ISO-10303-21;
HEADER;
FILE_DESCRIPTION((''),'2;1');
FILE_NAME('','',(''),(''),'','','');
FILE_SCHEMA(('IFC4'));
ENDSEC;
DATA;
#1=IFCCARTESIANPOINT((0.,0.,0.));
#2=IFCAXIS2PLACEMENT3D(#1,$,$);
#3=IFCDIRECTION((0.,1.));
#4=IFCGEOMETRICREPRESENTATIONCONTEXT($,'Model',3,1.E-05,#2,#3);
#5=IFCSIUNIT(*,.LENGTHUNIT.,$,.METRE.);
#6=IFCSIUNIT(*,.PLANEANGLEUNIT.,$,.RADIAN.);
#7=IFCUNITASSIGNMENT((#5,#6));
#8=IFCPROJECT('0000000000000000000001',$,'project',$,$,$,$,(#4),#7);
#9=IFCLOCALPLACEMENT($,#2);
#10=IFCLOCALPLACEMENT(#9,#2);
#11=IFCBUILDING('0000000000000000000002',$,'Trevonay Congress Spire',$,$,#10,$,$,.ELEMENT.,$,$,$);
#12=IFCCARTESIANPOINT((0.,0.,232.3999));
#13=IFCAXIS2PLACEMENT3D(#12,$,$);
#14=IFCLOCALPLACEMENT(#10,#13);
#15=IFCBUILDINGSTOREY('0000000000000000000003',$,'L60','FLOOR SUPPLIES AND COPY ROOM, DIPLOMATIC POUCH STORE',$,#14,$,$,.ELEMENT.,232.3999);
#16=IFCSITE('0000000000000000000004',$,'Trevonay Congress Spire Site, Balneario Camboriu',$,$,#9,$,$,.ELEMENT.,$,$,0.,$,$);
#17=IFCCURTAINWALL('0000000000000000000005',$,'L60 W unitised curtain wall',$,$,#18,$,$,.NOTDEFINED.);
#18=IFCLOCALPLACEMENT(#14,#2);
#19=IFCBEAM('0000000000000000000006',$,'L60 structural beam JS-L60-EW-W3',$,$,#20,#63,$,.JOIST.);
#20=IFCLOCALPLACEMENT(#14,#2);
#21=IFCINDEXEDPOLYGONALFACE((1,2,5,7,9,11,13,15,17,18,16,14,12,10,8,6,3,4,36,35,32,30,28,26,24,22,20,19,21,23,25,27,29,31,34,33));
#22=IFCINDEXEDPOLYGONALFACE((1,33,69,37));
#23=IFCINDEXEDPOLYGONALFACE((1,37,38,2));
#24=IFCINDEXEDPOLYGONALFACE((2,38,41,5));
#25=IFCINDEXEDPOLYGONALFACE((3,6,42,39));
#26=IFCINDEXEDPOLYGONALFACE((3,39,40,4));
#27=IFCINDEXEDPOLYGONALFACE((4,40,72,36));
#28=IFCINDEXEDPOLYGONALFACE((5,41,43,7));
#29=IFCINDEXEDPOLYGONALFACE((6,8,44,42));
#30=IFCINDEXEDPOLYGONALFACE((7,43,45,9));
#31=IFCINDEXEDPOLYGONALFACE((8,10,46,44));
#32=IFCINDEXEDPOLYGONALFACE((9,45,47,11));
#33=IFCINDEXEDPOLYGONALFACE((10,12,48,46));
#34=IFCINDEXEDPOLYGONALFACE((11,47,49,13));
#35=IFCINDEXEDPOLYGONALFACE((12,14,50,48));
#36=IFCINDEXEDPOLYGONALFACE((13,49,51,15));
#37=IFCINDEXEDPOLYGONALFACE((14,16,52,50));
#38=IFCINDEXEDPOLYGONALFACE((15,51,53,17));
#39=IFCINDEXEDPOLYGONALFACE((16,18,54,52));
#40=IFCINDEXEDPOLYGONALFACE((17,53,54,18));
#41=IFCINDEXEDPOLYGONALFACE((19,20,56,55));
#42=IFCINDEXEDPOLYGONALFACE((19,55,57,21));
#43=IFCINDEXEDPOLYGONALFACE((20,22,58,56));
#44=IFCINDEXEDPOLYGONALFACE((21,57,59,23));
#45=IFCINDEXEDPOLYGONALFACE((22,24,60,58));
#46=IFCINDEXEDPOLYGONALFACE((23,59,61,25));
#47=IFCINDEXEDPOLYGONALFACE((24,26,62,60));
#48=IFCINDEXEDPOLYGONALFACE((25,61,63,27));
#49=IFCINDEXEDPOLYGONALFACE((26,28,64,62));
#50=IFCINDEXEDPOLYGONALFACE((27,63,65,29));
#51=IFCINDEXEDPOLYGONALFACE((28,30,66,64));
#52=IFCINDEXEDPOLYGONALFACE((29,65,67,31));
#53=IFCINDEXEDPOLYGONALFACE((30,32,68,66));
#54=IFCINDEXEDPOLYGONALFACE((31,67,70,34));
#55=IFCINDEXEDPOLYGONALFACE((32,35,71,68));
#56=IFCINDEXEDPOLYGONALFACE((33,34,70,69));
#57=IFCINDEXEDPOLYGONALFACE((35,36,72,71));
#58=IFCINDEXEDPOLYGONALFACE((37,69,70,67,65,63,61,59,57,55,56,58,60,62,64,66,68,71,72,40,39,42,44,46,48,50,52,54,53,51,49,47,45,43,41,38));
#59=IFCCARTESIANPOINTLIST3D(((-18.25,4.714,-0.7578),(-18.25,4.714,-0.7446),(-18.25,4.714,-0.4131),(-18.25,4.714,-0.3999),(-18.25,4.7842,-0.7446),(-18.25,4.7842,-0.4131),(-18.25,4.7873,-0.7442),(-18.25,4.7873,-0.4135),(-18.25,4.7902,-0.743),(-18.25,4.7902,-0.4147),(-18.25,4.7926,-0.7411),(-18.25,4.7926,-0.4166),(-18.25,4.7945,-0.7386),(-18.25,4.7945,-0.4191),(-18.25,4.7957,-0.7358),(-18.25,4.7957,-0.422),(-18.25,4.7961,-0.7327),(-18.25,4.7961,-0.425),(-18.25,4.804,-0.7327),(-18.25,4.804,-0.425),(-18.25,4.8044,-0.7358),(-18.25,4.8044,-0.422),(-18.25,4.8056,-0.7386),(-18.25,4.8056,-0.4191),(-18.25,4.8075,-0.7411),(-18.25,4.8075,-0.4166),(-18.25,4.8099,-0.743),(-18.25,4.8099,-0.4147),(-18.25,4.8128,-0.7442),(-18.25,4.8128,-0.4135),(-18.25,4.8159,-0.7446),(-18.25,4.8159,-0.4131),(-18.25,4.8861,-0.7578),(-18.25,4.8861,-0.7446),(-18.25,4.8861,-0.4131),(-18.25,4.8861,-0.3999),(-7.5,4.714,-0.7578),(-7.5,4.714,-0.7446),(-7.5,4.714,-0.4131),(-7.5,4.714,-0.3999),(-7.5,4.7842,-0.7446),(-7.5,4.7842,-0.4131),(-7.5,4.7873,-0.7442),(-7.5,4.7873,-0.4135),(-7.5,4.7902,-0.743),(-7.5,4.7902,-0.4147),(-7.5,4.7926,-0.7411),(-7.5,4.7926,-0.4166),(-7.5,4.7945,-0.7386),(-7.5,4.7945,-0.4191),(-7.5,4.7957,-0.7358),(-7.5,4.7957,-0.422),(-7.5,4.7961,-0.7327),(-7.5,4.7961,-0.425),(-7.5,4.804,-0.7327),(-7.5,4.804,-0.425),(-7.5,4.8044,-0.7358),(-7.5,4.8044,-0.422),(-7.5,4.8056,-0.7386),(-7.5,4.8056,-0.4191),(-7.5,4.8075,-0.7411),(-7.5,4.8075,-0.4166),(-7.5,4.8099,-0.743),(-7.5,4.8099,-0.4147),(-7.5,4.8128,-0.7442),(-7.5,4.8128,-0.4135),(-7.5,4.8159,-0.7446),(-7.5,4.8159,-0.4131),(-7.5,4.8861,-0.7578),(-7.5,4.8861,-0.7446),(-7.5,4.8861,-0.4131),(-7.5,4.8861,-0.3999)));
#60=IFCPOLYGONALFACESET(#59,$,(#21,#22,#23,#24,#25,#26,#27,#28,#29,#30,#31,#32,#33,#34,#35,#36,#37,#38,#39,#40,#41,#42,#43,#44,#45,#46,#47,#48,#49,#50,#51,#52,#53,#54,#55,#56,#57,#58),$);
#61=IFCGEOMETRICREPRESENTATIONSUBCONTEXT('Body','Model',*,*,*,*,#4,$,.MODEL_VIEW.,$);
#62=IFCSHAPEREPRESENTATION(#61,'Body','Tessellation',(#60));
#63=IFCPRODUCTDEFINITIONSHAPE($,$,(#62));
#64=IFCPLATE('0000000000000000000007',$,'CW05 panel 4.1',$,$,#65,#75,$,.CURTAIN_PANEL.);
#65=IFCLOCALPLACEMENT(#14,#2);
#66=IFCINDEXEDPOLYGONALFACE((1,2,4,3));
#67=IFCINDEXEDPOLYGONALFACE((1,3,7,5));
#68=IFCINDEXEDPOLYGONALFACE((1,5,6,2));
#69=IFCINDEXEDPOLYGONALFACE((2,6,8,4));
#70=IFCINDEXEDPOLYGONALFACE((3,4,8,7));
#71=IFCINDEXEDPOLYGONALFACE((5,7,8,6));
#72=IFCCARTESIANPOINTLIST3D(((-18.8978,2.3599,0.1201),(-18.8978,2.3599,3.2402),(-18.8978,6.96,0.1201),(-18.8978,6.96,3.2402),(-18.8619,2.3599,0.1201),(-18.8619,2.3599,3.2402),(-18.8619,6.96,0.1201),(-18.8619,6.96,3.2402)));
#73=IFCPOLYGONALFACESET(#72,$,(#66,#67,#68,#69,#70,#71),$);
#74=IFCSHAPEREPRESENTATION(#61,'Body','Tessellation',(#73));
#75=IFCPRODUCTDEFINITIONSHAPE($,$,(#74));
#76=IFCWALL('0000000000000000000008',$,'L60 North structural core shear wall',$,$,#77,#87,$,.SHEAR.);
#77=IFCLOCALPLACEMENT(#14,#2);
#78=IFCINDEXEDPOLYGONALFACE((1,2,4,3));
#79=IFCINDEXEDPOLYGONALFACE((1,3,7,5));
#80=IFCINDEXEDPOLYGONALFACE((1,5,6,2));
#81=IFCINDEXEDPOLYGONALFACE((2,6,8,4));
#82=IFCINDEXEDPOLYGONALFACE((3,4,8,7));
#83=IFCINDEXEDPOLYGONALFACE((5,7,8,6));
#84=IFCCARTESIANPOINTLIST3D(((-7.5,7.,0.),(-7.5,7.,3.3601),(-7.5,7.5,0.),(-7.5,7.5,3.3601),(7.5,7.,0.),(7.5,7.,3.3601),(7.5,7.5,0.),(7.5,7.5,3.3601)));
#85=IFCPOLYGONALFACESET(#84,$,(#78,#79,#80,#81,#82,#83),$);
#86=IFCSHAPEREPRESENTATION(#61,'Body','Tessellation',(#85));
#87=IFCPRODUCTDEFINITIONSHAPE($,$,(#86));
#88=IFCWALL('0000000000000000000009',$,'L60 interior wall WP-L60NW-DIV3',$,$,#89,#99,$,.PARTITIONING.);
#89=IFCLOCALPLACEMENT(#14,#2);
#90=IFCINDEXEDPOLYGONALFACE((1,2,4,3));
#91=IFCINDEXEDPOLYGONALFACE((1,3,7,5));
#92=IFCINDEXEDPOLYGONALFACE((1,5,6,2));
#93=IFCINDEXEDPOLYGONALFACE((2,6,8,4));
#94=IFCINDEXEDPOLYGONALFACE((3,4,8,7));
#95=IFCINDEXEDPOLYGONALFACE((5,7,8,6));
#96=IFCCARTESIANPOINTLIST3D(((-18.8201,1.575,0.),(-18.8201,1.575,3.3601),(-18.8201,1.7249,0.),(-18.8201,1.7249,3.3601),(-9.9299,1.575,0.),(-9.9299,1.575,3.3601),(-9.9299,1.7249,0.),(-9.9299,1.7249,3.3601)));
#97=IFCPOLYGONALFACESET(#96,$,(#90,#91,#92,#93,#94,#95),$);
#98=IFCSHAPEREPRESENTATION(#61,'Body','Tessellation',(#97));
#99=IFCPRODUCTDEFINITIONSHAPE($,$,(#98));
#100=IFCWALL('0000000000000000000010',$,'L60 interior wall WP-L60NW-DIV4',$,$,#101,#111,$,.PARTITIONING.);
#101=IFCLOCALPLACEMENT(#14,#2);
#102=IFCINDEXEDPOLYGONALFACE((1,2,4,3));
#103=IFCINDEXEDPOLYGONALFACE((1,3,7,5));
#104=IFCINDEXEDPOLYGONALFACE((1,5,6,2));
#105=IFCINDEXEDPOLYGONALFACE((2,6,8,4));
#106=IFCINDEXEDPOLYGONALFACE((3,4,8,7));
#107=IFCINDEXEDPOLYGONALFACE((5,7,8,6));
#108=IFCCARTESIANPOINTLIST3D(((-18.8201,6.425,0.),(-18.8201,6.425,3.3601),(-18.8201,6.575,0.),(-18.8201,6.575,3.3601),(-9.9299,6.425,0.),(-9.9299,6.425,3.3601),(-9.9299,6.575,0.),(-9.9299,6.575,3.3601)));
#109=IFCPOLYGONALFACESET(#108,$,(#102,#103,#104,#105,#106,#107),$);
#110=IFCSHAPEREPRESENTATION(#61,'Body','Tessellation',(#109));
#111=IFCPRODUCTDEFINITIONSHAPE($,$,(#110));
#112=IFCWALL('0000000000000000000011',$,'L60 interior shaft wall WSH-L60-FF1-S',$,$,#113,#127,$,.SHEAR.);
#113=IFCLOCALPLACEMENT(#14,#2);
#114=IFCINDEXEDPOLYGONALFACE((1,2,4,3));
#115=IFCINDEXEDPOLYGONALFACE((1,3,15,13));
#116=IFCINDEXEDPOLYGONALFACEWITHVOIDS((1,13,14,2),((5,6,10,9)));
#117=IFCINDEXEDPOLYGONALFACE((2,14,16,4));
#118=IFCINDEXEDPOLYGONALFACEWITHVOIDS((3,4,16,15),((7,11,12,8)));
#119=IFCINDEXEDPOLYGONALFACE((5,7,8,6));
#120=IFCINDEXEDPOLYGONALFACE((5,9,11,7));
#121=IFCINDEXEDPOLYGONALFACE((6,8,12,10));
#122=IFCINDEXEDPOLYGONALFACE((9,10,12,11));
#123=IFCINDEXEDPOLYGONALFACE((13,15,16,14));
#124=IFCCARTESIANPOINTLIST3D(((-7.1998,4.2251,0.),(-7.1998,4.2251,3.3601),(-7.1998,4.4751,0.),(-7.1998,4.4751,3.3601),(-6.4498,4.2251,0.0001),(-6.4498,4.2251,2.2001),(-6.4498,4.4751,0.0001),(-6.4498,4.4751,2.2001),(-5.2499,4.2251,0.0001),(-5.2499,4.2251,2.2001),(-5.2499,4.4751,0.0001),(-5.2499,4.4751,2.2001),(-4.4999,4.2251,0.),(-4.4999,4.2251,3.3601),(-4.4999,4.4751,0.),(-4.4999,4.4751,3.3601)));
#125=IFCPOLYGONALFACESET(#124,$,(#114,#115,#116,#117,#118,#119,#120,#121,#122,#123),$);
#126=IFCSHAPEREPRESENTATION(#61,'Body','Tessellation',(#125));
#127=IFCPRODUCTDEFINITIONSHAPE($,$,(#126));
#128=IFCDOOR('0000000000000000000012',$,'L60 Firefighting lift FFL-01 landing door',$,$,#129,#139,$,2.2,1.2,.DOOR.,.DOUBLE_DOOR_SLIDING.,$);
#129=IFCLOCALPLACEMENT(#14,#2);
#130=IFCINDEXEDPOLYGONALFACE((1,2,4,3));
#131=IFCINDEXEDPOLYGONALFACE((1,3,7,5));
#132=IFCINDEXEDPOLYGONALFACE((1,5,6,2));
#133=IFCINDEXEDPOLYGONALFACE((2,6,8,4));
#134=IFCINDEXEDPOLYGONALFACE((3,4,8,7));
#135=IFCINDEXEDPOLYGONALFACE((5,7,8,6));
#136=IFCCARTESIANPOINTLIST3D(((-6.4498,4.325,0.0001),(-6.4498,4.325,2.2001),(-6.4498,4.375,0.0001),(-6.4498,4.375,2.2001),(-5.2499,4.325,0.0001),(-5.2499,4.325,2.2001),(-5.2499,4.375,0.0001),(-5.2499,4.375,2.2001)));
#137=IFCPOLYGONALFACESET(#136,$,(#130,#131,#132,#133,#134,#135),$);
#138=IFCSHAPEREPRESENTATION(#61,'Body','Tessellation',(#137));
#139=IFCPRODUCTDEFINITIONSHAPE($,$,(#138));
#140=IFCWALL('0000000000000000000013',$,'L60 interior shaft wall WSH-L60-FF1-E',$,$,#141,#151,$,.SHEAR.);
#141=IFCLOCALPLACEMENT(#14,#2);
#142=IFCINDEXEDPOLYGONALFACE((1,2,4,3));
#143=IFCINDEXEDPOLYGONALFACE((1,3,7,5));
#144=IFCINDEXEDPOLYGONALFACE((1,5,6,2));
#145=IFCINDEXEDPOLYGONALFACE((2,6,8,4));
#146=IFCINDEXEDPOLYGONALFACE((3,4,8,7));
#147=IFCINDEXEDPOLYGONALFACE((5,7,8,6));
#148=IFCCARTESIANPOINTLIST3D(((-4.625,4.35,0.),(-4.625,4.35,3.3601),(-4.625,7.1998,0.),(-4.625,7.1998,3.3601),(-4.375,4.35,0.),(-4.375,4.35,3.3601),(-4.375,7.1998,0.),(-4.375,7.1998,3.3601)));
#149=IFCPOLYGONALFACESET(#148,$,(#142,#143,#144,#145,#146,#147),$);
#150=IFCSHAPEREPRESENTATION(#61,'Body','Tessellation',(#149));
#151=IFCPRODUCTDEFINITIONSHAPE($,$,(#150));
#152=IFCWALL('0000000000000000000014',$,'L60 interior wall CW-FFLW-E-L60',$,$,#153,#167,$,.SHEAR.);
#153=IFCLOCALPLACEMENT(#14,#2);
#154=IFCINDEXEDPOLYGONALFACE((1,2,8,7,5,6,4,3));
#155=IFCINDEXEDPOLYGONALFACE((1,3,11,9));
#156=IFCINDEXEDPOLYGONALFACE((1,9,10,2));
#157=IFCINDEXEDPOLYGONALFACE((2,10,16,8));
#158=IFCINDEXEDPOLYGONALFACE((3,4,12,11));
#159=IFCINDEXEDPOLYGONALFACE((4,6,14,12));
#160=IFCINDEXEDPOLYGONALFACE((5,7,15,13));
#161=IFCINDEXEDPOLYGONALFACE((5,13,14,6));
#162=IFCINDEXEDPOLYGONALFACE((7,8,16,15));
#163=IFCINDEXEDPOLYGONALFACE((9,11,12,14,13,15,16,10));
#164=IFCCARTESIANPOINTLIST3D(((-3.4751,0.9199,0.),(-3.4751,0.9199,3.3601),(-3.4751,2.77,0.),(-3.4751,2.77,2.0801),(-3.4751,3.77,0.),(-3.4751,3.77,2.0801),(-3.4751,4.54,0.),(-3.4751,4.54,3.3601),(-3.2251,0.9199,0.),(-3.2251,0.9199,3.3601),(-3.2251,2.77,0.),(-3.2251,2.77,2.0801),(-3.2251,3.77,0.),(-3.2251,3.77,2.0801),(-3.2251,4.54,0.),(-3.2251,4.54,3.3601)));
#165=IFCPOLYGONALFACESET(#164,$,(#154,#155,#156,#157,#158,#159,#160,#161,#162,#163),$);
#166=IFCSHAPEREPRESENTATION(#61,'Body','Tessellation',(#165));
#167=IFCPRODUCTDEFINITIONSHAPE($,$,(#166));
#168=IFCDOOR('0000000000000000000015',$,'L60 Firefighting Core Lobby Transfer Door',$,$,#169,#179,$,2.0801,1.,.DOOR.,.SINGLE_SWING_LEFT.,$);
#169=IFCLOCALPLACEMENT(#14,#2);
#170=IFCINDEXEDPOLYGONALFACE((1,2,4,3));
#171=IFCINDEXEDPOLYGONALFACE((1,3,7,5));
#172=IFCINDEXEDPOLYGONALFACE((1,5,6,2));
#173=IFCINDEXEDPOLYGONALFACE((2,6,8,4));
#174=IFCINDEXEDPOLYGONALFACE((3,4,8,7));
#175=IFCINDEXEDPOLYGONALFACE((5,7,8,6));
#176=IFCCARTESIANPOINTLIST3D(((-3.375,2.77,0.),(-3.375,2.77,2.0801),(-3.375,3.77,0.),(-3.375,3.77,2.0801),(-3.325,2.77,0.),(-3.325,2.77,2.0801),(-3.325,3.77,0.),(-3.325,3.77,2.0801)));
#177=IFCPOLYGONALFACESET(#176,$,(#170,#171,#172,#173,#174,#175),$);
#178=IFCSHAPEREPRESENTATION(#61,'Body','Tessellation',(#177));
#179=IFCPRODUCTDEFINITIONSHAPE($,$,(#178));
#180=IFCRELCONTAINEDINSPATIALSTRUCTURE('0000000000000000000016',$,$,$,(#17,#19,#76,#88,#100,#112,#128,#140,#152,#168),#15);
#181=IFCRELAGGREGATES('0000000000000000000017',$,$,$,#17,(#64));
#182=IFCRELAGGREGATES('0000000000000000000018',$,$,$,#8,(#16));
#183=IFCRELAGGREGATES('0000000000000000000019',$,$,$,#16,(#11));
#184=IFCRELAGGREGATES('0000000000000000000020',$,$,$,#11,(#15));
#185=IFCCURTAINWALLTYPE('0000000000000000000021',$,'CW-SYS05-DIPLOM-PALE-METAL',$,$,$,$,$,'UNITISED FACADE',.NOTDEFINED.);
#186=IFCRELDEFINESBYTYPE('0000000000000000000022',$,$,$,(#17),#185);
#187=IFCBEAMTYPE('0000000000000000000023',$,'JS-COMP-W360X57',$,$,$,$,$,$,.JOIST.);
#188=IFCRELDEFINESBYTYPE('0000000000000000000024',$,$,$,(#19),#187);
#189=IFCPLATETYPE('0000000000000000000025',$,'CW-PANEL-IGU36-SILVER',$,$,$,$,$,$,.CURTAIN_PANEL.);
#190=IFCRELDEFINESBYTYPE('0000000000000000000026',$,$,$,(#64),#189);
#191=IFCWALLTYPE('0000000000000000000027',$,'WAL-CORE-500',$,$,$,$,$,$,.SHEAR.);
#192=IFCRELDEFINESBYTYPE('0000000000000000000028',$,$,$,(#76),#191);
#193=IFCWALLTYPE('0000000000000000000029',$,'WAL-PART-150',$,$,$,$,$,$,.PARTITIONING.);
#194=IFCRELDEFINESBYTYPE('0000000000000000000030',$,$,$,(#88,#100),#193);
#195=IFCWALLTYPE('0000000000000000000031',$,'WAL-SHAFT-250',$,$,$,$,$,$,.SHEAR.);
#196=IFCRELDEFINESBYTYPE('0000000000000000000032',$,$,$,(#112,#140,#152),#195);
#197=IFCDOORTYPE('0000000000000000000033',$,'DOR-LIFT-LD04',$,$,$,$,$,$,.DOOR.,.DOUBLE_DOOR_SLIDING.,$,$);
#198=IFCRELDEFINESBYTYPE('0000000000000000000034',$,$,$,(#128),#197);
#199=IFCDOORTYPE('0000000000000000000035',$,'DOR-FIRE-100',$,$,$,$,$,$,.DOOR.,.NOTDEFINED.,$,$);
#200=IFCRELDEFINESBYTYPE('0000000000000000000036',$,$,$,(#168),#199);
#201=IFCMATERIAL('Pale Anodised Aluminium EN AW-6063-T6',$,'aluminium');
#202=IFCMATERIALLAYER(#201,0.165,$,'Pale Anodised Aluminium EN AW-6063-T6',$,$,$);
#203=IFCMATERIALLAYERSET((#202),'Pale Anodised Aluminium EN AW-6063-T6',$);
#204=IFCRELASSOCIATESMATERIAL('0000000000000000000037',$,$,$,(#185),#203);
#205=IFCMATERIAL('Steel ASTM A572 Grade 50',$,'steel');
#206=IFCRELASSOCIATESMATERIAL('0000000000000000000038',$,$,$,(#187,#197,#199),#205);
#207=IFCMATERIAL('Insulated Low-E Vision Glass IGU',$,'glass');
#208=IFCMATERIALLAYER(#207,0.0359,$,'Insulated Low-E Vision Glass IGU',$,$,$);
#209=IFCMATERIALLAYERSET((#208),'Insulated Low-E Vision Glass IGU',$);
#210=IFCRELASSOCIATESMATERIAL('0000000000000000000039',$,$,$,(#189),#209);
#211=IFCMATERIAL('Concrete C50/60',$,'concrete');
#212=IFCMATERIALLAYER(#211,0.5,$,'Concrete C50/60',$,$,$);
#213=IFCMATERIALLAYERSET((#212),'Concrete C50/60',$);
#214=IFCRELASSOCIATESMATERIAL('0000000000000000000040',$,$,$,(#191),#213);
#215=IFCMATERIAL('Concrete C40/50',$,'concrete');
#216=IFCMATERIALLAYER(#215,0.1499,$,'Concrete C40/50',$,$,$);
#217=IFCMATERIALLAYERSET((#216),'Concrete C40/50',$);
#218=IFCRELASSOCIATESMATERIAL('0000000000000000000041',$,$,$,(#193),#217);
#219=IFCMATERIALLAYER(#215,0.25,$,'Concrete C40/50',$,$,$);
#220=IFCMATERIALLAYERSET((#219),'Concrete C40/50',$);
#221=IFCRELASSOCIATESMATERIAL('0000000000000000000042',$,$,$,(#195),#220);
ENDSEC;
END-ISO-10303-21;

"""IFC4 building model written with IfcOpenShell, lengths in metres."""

from ifc_helpers import new_model, si_unit, direction, frame, frame_2d, origin, origin_2d, place, context, subcontext, project, spatial, rectangle, i_section, extrude, material, layer, layer_set, material_profile, profile_set, type_object, element, fill, aggregate, save


model = new_model("IFC4")

# Units and contexts
model_context = context("Model", 3, precision=1e-05, world=origin(), true_north=direction((0.0, 1.0)))
body_context = subcontext(model_context, "Body", "Model", "MODEL_VIEW")
ifc_project = project(units=[si_unit("LENGTHUNIT", "METRE"), si_unit("PLANEANGLEUNIT", "RADIAN")], contexts=[model_context])

# Site, building, storey
site_placement = place(None, origin())
site = spatial("IfcSite", under=ifc_project, at=site_placement, Name="Trevonay Congress Spire Site, Balneario Camboriu", CompositionType="ELEMENT", RefElevation=0.0)
building_placement = place(site_placement, origin())
building = spatial("IfcBuilding", under=site, at=building_placement, Name="Trevonay Congress Spire", CompositionType="ELEMENT")
storey_placement = place(building_placement, frame((0.0, 0.0, 232.3999)))
storey = spatial("IfcBuildingStorey", under=building, at=storey_placement, Name="L60", Description="FLOOR SUPPLIES AND COPY ROOM, DIPLOMATIC POUCH STORE", CompositionType="ELEMENT", Elevation=232.3999)

# Shared definitions
ifc_material_1 = material(Name="Steel ASTM A572 Grade 50", Category="steel")

# Curtain wall
ifc_material_2 = material(Name="Pale Anodised Aluminium EN AW-6063-T6", Category="aluminium")
ifc_layer_1 = layer(ifc_material_2, 0.165, Name="Pale Anodised Aluminium EN AW-6063-T6")
ifc_layer_set_1 = layer_set([ifc_layer_1], Name="Pale Anodised Aluminium EN AW-6063-T6")
curtain_wall_type = type_object("IfcCurtainWallType", Name="CW-SYS05-DIPLOM-PALE-METAL", ElementType="UNITISED FACADE", PredefinedType="NOTDEFINED", material=ifc_layer_set_1)
curtain_wall_placement = place(storey_placement, origin())
curtain_wall = element("IfcCurtainWall", 1, at=curtain_wall_placement, inside=storey, type_object=curtain_wall_type, Name="L60 W unitised curtain wall", PredefinedType="NOTDEFINED")

# Beam
ifc_material_profile_1 = material_profile(ifc_material_1, i_section(OverallWidth=0.1721, OverallDepth=0.3579, WebThickness=0.0078, FlangeThickness=0.0132, FilletRadius=0.012, at=origin_2d()), Name="W360x57.8")
ifc_profile_set_1 = profile_set([ifc_material_profile_1], Name="Steel ASTM A572 Grade 50")
beam_type_1 = type_object("IfcBeamType", Name="JS-COMP-W360X57", PredefinedType="JOIST", material=ifc_profile_set_1)
beam_placement = place(storey_placement, frame((-18.25, 4.8, -0.5789), z_axis=(1.0, 0.0, 0.0), x_axis=(0.0, 1.0, 0.0)))
element("IfcBeam", 2, at=beam_placement, inside=storey, type_object=beam_type_1, Name="L60 structural beam JS-L60-EW-W3", PredefinedType="JOIST", context=body_context, shape_type="SweptSolid", body=[
    extrude(i_section(OverallWidth=0.1721, OverallDepth=0.3579, WebThickness=0.0078, FlangeThickness=0.0132, FilletRadius=0.012, at=origin_2d()), origin(), (0.0, 0.0, 1.0), 10.75),
])

# Plate
ifc_material_3 = material(Name="Insulated Low-E Vision Glass IGU", Category="glass")
ifc_layer_2 = layer(ifc_material_3, 0.0359, Name="Insulated Low-E Vision Glass IGU")
ifc_layer_set_2 = layer_set([ifc_layer_2], Name="Insulated Low-E Vision Glass IGU")
plate_type = type_object("IfcPlateType", Name="CW-PANEL-IGU36-SILVER", PredefinedType="CURTAIN_PANEL", material=ifc_layer_set_2)
plate_placement = place(storey_placement, frame((-18.8799, 4.6599, 0.1201), z_axis=(0.0, 0.0, 1.0), x_axis=(0.0, 1.0, 0.0)))
plate = element("IfcPlate", 3, at=plate_placement, type_object=plate_type, Name="CW05 panel 4.1", PredefinedType="CURTAIN_PANEL", context=body_context, shape_type="SweptSolid", body=[
    extrude(rectangle(XDim=4.6001, YDim=0.0359, at=origin_2d()), origin(), (0.0, 0.0, 1.0), 3.1201),
])
aggregate(curtain_wall, [plate])

# Walls
ifc_material_4 = material(Name="Concrete C50/60", Category="concrete")
ifc_layer_3 = layer(ifc_material_4, 0.5, Name="Concrete C50/60")
ifc_layer_set_3 = layer_set([ifc_layer_3], Name="Concrete C50/60")
wall_type_1 = type_object("IfcWallType", Name="WAL-CORE-500", PredefinedType="SHEAR", material=ifc_layer_set_3)
wall_1_placement = place(storey_placement, frame((-7.5, 7.25, 0.0), z_axis=(0.0, 0.0, 1.0), x_axis=(1.0, 0.0, 0.0)))
element("IfcWall", 4, at=wall_1_placement, inside=storey, type_object=wall_type_1, Name="L60 North structural core shear wall", PredefinedType="SHEAR", context=body_context, shape_type="SweptSolid", body=[
    extrude(rectangle(XDim=15.0, YDim=0.5, at=frame_2d((7.5, 0.0))), origin(), (0.0, 0.0, 1.0), 3.3601),
])
ifc_material_5 = material(Name="Concrete C40/50", Category="concrete")
ifc_layer_4 = layer(ifc_material_5, 0.1499, Name="Concrete C40/50")
ifc_layer_set_4 = layer_set([ifc_layer_4], Name="Concrete C40/50")
wall_type_2 = type_object("IfcWallType", Name="WAL-PART-150", PredefinedType="PARTITIONING", material=ifc_layer_set_4)
for number, where, z_axis, x_axis, name in (
    (5, (-18.8201, 1.6499, 0.0), (0.0, 0.0, 1.0), (1.0, 0.0, 0.0), "L60 interior wall WP-L60NW-DIV3"),
    (6, (-18.8201, 6.5, 0.0), (0.0, 0.0, 1.0), (1.0, 0.0, 0.0), "L60 interior wall WP-L60NW-DIV4"),
):
    element("IfcWall", number, at=place(storey_placement, frame(where, z_axis=z_axis, x_axis=x_axis)), inside=storey, type_object=wall_type_2, Name=name, PredefinedType="PARTITIONING", context=body_context, shape_type="SweptSolid", body=[
        extrude(rectangle(XDim=8.8901, YDim=0.1499, at=frame_2d((4.4451, 0.0))), origin(), (0.0, 0.0, 1.0), 3.3601),
    ])

# Wall, opening, door
ifc_layer_5 = layer(ifc_material_5, 0.25, Name="Concrete C40/50")
ifc_layer_set_5 = layer_set([ifc_layer_5], Name="Concrete C40/50")
wall_type_3 = type_object("IfcWallType", Name="WAL-SHAFT-250", PredefinedType="SHEAR", material=ifc_layer_set_5)
wall_2_placement = place(storey_placement, frame((-7.2, 4.3501, 0.0), z_axis=(0.0, 0.0, 1.0), x_axis=(1.0, 0.0, 0.0)))
wall_2 = element("IfcWall", 7, at=wall_2_placement, inside=storey, type_object=wall_type_3, Name="L60 interior shaft wall WSH-L60-FF1-S", PredefinedType="SHEAR", context=body_context, shape_type="SweptSolid", body=[
    extrude(rectangle(XDim=2.7, YDim=0.25, at=frame_2d((1.3501, 0.0))), origin(), (0.0, 0.0, 1.0), 3.3601),
])
opening_1_placement = place(wall_2_placement, frame((0.75, 0.0, 0.0)))
opening_1 = element("IfcOpeningElement", 8, at=opening_1_placement, cuts=wall_2, PredefinedType="OPENING", context=body_context, shape_type="SweptSolid", body=[
    extrude(rectangle(XDim=1.2, YDim=2.2, at=frame_2d((0.6001, 1.1001))), frame((0.0, 0.135, 0.0), z_axis=(0.0, -1.0, 0.0), x_axis=(1.0, 0.0, 0.0)), (0.0, 0.0, 1.0), 0.27),
])
door_type_1 = type_object("IfcDoorType", Name="DOR-LIFT-LD04", OperationType="DOUBLE_DOOR_SLIDING", PredefinedType="DOOR", material=ifc_material_1)
door_1_placement = place(opening_1_placement, origin())
door_1 = element("IfcDoor", 9, at=door_1_placement, inside=storey, type_object=door_type_1, Name="L60 Firefighting lift FFL-01 landing door", OperationType="DOUBLE_DOOR_SLIDING", OverallHeight=2.2, OverallWidth=1.2, PredefinedType="DOOR", context=body_context, shape_type="SweptSolid", body=[
    extrude(rectangle(XDim=1.2, YDim=2.2, at=frame_2d((0.6001, 1.1001))), frame((0.0, 0.0249, 0.0), z_axis=(0.0, -1.0, 0.0), x_axis=(1.0, 0.0, 0.0)), (0.0, 0.0, 1.0), 0.05),
])
fill(opening_1, door_1)

# Wall
wall_3_placement = place(storey_placement, frame((-4.5, 4.3501, 0.0), z_axis=(0.0, 0.0, 1.0), x_axis=(0.0, 1.0, 0.0)))
element("IfcWall", 10, at=wall_3_placement, inside=storey, type_object=wall_type_3, Name="L60 interior shaft wall WSH-L60-FF1-E", PredefinedType="SHEAR", context=body_context, shape_type="SweptSolid", body=[
    extrude(rectangle(XDim=2.8499, YDim=0.25, at=frame_2d((1.4248, 0.0))), origin(), (0.0, 0.0, 1.0), 3.3601),
])

# Wall, opening, door
wall_4_placement = place(storey_placement, frame((-3.3501, 0.9199, 0.0), z_axis=(0.0, 0.0, 1.0), x_axis=(0.0, 1.0, 0.0)))
wall_4 = element("IfcWall", 11, at=wall_4_placement, inside=storey, type_object=wall_type_3, Name="L60 interior wall CW-FFLW-E-L60", PredefinedType="SHEAR", context=body_context, shape_type="SweptSolid", body=[
    extrude(rectangle(XDim=3.6201, YDim=0.25, at=frame_2d((1.8101, 0.0))), origin(), (0.0, 0.0, 1.0), 3.3601),
])
opening_2_placement = place(wall_4_placement, frame((1.8501, 0.0, 0.0)))
opening_2 = element("IfcOpeningElement", 12, at=opening_2_placement, cuts=wall_4, PredefinedType="OPENING", context=body_context, shape_type="SweptSolid", body=[
    extrude(rectangle(XDim=1.0, YDim=2.0801, at=frame_2d((0.5, 1.04))), frame((0.0, 0.135, 0.0), z_axis=(0.0, -1.0, 0.0), x_axis=(1.0, 0.0, 0.0)), (0.0, 0.0, 1.0), 0.27),
])
door_type_2 = type_object("IfcDoorType", Name="DOR-FIRE-100", OperationType="NOTDEFINED", PredefinedType="DOOR", material=ifc_material_1)
door_2_placement = place(opening_2_placement, origin())
door_2 = element("IfcDoor", 13, at=door_2_placement, inside=storey, type_object=door_type_2, Name="L60 Firefighting Core Lobby Transfer Door", OperationType="SINGLE_SWING_LEFT", OverallHeight=2.0801, OverallWidth=1.0, PredefinedType="DOOR", context=body_context, shape_type="SweptSolid", body=[
    extrude(rectangle(XDim=1.0, YDim=2.0801, at=frame_2d((0.5, 1.04))), frame((0.0, 0.0249, 0.0), z_axis=(0.0, -1.0, 0.0), x_axis=(1.0, 0.0, 0.0)), (0.0, 0.0, 1.0), 0.05),
])
fill(opening_2, door_2)

save(model, "model.ifc")
